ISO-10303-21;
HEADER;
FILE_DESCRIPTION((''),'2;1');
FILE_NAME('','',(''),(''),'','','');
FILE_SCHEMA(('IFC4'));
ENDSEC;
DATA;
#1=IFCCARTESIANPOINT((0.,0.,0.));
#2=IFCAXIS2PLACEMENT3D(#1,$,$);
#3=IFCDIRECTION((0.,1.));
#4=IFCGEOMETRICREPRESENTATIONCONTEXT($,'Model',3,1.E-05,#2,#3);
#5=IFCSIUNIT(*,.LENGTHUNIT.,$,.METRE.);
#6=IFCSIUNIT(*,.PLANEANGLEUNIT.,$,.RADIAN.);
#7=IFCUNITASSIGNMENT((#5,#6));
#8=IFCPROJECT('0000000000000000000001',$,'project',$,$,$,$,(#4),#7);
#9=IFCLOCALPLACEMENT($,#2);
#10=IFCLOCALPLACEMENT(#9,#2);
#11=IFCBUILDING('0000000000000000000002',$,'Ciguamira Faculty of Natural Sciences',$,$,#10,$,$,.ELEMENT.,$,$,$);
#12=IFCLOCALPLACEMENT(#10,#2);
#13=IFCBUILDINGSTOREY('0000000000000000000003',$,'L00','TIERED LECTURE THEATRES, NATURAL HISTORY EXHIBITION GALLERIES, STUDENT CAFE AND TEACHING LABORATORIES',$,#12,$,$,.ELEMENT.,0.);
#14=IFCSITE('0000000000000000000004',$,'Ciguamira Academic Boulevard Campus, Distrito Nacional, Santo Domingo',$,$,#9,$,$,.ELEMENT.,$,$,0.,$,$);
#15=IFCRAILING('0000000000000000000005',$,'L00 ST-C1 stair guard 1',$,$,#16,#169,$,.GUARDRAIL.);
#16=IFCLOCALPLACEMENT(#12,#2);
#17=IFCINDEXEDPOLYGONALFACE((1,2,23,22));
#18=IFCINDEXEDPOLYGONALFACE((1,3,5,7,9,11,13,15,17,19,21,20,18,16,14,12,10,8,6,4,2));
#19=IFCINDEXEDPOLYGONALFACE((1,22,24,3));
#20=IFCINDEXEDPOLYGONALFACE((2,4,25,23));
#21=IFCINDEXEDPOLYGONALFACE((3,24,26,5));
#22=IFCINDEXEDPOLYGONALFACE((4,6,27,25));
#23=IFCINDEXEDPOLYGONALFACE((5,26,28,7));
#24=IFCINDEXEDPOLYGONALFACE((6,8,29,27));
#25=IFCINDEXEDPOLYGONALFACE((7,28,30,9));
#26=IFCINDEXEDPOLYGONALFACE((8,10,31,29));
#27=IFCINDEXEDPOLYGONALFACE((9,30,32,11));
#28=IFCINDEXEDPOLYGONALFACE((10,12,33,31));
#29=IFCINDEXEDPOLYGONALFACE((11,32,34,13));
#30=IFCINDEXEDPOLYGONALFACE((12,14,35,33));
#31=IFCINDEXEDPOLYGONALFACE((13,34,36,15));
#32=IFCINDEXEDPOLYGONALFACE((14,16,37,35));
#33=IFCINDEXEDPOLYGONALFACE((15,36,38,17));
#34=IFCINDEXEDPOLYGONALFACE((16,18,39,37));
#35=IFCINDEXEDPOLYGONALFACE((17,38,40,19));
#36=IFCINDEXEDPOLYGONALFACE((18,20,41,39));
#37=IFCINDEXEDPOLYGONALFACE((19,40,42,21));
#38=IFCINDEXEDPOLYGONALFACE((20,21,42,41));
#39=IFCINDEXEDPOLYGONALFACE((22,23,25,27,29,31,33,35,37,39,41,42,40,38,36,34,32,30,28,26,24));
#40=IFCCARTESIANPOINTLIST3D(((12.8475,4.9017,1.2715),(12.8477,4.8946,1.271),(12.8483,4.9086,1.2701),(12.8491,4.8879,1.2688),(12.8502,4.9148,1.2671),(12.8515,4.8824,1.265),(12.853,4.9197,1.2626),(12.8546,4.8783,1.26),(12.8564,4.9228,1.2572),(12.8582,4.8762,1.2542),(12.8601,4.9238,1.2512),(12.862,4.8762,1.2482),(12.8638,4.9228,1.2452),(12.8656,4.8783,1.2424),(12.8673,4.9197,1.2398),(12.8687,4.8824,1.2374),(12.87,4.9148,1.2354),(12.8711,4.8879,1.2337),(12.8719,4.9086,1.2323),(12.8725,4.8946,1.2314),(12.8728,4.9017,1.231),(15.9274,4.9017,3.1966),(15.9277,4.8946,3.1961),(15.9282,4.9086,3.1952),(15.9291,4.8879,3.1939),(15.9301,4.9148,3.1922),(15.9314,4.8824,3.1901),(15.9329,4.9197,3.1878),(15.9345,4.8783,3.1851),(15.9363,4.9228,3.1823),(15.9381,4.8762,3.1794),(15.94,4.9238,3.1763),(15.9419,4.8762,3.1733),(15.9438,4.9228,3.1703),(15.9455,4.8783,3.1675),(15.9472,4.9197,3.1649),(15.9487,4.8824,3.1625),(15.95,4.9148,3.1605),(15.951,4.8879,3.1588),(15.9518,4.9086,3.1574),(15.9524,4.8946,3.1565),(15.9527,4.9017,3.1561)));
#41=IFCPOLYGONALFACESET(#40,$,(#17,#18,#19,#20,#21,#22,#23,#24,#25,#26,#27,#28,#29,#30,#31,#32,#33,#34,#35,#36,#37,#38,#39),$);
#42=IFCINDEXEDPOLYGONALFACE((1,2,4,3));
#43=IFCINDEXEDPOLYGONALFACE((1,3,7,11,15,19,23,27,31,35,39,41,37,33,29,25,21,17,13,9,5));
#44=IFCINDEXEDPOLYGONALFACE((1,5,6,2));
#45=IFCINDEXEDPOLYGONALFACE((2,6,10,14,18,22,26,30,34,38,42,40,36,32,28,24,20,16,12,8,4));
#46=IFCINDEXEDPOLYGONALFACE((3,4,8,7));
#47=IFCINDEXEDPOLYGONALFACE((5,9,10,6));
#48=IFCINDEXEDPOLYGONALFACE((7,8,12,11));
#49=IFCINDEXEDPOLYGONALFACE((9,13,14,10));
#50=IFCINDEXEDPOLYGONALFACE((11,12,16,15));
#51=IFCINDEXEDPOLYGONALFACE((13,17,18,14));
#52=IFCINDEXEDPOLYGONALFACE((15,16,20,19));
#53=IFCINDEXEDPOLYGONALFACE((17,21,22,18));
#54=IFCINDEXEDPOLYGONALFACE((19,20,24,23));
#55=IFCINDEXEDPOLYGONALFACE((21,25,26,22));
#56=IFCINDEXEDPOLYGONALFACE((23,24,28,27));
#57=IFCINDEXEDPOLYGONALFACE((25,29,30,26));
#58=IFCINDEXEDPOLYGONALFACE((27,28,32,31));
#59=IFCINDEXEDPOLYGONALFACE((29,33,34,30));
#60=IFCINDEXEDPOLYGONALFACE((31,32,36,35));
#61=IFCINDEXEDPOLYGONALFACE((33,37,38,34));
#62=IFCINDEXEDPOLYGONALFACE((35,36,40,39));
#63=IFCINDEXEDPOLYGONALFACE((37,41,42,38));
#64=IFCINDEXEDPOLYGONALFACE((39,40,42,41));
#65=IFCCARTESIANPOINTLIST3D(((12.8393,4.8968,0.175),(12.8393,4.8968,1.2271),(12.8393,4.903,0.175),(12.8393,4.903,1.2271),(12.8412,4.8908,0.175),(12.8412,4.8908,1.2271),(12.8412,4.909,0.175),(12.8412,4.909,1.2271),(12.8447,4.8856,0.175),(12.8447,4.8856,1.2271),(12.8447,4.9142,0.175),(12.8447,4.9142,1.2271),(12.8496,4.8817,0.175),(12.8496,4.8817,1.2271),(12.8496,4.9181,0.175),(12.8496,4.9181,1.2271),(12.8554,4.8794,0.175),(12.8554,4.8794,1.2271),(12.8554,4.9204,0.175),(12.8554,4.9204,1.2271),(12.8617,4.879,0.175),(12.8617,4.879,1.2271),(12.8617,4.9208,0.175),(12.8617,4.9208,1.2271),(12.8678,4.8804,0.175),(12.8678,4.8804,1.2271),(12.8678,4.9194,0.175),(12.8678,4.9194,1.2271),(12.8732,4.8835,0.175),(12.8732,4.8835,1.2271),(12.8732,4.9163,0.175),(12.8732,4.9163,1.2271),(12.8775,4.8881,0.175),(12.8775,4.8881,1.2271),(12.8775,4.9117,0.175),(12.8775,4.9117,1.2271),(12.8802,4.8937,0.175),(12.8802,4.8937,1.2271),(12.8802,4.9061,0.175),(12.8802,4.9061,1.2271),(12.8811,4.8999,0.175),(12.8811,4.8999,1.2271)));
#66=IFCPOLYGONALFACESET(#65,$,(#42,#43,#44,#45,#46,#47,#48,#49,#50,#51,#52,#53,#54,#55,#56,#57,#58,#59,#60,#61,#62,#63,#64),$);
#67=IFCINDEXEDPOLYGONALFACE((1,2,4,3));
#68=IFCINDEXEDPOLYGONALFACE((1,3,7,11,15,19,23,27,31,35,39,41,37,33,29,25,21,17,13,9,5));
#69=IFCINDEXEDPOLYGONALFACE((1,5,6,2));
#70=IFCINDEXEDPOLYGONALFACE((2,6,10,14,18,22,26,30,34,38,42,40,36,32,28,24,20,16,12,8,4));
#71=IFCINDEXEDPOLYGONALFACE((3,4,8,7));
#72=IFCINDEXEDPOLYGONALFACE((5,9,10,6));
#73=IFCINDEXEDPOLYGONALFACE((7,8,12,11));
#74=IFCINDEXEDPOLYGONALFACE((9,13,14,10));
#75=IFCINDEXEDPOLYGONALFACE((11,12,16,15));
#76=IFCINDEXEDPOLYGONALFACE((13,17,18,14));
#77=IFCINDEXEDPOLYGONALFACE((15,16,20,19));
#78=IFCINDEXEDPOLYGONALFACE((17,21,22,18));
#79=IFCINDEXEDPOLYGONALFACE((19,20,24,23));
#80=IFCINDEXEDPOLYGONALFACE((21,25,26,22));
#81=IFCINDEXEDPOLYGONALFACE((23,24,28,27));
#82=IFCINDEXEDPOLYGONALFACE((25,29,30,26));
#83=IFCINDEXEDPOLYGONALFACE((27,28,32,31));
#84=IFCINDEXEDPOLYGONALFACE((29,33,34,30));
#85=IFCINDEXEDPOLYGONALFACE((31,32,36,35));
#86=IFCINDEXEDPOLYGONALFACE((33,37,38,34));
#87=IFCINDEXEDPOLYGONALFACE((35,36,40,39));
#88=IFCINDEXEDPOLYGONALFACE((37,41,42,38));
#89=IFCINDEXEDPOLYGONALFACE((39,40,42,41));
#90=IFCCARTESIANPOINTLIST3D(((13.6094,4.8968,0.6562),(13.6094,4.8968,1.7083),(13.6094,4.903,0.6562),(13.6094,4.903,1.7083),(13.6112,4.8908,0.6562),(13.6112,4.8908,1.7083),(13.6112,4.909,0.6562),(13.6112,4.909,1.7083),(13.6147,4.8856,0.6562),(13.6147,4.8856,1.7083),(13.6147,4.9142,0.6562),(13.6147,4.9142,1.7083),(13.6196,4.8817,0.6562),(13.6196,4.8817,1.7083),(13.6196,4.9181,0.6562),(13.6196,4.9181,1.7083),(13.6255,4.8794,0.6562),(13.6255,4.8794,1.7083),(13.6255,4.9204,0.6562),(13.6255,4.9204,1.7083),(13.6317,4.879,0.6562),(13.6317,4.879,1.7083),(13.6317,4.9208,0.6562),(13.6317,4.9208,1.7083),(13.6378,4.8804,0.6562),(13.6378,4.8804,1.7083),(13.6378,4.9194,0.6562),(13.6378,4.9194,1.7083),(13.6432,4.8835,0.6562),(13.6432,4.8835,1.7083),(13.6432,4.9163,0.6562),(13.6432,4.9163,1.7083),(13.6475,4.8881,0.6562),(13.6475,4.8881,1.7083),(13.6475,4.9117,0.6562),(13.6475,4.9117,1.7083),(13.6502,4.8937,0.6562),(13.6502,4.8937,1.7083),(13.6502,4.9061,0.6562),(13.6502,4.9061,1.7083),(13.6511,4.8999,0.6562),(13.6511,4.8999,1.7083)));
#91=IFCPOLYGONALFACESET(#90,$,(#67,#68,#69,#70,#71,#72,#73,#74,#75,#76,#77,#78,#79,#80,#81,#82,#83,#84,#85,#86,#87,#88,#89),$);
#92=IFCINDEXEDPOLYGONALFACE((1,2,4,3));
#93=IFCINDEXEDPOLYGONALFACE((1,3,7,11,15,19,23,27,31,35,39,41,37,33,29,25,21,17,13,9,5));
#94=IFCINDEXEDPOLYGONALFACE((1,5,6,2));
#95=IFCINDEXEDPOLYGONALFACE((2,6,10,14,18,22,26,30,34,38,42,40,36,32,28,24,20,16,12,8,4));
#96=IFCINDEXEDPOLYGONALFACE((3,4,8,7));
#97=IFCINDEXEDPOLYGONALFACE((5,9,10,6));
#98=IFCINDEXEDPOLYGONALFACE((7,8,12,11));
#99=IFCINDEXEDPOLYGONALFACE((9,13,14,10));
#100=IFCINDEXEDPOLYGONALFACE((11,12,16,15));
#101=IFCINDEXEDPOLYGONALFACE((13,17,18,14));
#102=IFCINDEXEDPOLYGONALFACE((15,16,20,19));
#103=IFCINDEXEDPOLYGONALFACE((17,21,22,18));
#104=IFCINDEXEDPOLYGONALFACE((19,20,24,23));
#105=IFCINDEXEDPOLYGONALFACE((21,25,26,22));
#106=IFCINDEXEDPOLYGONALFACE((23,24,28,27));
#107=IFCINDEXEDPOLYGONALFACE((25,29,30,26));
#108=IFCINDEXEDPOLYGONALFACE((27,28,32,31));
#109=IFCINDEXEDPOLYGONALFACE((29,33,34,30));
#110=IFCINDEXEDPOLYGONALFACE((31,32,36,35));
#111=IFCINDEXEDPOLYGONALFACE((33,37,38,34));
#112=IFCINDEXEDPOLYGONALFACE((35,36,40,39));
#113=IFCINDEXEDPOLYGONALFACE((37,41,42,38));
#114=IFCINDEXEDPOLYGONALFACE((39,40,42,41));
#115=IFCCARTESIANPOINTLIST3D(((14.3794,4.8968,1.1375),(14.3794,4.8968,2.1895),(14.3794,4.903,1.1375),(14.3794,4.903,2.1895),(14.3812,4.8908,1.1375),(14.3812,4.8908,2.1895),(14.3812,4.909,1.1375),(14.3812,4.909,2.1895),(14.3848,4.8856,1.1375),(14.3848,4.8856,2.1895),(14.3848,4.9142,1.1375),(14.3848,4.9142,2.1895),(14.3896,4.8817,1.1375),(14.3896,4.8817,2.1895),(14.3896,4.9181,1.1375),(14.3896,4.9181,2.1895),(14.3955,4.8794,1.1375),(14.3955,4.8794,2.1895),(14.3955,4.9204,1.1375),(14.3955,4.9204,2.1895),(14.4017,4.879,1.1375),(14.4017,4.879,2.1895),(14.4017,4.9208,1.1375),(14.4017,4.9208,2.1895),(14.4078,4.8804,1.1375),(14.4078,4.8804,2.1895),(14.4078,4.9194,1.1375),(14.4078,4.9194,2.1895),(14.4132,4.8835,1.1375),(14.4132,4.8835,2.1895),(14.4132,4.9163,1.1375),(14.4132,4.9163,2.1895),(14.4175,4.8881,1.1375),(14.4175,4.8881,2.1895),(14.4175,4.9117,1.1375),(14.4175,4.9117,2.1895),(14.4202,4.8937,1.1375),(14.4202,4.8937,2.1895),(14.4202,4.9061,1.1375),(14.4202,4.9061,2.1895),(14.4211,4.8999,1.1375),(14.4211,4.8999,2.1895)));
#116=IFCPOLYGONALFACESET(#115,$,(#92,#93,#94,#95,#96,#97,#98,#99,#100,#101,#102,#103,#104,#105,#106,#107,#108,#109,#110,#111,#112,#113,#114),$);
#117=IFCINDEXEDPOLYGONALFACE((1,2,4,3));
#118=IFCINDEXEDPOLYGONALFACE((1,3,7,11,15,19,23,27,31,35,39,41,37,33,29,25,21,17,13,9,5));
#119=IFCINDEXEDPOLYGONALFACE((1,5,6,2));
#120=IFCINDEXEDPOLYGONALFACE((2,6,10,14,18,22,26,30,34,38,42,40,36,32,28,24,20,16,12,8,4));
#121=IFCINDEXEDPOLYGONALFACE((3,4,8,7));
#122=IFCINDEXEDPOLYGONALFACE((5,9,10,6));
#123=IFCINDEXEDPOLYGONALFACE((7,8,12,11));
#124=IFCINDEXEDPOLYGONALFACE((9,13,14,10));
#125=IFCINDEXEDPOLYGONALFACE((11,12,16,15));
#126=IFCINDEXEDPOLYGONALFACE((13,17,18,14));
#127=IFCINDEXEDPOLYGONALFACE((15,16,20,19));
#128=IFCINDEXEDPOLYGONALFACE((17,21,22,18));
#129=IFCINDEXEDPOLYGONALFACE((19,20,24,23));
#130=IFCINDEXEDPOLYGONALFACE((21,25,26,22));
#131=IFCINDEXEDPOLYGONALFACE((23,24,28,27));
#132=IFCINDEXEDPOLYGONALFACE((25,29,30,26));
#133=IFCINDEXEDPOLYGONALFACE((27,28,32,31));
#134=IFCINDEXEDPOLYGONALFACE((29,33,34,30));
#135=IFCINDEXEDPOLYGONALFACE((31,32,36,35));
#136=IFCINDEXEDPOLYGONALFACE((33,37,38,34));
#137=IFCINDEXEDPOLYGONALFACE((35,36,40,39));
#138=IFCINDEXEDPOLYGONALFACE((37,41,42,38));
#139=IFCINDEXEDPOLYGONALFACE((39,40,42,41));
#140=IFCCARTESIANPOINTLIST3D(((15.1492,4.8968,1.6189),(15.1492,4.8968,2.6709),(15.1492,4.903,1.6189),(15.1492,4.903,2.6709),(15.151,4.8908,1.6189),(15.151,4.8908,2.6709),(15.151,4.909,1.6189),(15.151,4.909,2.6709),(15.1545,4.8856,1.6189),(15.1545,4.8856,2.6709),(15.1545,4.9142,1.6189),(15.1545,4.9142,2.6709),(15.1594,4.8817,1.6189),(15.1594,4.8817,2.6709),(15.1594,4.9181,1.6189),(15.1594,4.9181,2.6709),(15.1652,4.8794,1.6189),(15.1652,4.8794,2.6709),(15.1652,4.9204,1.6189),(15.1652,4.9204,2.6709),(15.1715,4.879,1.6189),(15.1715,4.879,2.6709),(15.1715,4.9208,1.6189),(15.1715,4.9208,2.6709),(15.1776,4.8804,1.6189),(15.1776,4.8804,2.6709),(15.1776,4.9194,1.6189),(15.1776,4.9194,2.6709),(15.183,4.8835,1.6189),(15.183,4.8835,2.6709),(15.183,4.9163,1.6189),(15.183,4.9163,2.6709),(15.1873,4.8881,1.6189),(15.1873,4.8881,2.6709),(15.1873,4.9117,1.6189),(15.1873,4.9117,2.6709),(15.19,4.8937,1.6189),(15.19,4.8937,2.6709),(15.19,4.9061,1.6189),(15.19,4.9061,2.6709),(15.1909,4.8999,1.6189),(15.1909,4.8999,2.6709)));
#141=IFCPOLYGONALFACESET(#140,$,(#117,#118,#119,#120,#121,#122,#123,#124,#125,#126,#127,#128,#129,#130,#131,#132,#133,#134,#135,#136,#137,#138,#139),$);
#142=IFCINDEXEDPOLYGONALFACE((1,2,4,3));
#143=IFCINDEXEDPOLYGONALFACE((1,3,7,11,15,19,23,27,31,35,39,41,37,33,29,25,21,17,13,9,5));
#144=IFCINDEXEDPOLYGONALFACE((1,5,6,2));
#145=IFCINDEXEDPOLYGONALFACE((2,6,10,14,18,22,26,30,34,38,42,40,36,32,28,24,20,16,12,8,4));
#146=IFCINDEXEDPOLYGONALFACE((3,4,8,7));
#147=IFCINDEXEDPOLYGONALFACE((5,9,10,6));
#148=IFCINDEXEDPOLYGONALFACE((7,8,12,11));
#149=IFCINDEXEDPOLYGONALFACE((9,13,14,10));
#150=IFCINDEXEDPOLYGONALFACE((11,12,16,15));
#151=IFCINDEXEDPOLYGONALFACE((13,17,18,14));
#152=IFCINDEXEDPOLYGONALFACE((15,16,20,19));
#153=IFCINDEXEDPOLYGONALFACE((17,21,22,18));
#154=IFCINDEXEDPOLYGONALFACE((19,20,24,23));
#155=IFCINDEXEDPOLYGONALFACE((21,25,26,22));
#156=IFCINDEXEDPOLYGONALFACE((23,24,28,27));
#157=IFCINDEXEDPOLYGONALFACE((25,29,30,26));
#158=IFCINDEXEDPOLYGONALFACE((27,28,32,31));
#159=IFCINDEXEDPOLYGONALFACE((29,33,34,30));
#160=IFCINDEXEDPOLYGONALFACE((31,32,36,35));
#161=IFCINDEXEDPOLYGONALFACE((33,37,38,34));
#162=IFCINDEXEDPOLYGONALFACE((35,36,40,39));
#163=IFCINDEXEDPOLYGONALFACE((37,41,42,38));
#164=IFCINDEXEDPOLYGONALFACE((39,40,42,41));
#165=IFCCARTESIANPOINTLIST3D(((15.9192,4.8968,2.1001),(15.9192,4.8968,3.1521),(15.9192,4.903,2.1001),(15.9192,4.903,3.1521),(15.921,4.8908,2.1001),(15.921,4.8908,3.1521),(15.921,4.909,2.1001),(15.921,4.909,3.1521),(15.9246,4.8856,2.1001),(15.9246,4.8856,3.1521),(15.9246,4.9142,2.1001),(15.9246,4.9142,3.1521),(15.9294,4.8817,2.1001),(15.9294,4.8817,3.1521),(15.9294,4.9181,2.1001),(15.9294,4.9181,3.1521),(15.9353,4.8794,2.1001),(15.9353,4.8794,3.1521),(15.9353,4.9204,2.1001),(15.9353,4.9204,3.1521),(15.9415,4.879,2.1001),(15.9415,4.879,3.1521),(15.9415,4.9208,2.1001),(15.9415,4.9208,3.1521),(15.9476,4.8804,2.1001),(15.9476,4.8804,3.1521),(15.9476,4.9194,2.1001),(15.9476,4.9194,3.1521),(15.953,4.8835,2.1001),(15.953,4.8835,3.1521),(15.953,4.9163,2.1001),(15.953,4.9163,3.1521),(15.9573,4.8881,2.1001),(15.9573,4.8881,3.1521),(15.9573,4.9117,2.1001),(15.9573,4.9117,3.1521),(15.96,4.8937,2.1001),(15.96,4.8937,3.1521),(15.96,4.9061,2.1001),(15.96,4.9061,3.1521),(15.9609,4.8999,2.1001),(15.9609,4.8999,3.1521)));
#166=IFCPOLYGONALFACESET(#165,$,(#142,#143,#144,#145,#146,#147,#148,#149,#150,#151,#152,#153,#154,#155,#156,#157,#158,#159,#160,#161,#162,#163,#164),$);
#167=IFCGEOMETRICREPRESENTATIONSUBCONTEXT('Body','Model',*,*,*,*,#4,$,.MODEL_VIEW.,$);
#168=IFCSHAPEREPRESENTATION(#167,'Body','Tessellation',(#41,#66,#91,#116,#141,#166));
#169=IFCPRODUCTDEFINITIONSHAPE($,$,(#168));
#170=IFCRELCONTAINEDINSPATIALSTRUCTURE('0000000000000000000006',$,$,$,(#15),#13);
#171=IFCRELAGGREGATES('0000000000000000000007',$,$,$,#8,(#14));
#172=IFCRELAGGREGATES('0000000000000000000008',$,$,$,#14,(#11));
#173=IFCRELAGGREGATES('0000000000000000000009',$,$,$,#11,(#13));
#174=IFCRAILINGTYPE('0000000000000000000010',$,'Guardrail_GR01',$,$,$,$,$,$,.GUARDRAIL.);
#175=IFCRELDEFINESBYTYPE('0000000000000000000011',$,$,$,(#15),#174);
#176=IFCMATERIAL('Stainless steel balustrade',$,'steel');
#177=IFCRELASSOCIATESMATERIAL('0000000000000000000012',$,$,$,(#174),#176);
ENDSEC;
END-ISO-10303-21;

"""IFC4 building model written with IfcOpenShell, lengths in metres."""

from ifc_helpers import new_model, si_unit, direction, frame, origin, origin_2d, place, context, subcontext, project, spatial, circle, extrude, material, type_object, element, save


model = new_model("IFC4")

# Units and contexts
model_context = context("Model", 3, precision=1e-05, world=origin(), true_north=direction((0.0, 1.0)))
body_context = subcontext(model_context, "Body", "Model", "MODEL_VIEW")
ifc_project = project(units=[si_unit("LENGTHUNIT", "METRE"), si_unit("PLANEANGLEUNIT", "RADIAN")], contexts=[model_context])

# Site, building, storey
site_placement = place(None, origin())
site = spatial("IfcSite", under=ifc_project, at=site_placement, Name="Ciguamira Academic Boulevard Campus, Distrito Nacional, Santo Domingo", CompositionType="ELEMENT", RefElevation=0.0)
building_placement = place(site_placement, origin())
building = spatial("IfcBuilding", under=site, at=building_placement, Name="Ciguamira Faculty of Natural Sciences", CompositionType="ELEMENT")
storey_placement = place(building_placement, origin())
storey = spatial("IfcBuildingStorey", under=building, at=storey_placement, Name="L00", Description="TIERED LECTURE THEATRES, NATURAL HISTORY EXHIBITION GALLERIES, STUDENT CAFE AND TEACHING LABORATORIES", CompositionType="ELEMENT", Elevation=0.0)

# Railing
ifc_material_1 = material(Name="Stainless steel balustrade", Category="steel")
railing_type_1 = type_object("IfcRailingType", Name="Guardrail_GR01", PredefinedType="GUARDRAIL", material=ifc_material_1)
railing_1_placement = place(storey_placement, frame((12.8601, 4.8999, 0.175)))
element("IfcRailing", 1, at=railing_1_placement, inside=storey, type_object=railing_type_1, Name="L00 ST-C1 stair guard 1", PredefinedType="GUARDRAIL", context=body_context, shape_type="SweptSolid", body=[
    extrude(circle(Radius=0.0239, at=origin_2d()), frame((0.0, 0.0, 1.0762), z_axis=(0.847979, 0.0, 0.530029), x_axis=(0.0, 1.0, 0.0)), (0.0, 0.0, 1.0), 3.6321),
    extrude(circle(Radius=0.021, at=origin_2d()), origin(), (0.0, 0.0, 1.0), 1.052),
    extrude(circle(Radius=0.021, at=origin_2d()), frame((0.77, 0.0, 0.4812)), (0.0, 0.0, 1.0), 1.052),
    extrude(circle(Radius=0.021, at=origin_2d()), frame((1.54, 0.0, 0.9624)), (0.0, 0.0, 1.0), 1.052),
    extrude(circle(Radius=0.021, at=origin_2d()), frame((2.3098, 0.0, 1.4438)), (0.0, 0.0, 1.0), 1.052),
    extrude(circle(Radius=0.021, at=origin_2d()), frame((3.0798, 0.0, 1.925)), (0.0, 0.0, 1.0), 1.052),
])

save(model, "model.ifc")
